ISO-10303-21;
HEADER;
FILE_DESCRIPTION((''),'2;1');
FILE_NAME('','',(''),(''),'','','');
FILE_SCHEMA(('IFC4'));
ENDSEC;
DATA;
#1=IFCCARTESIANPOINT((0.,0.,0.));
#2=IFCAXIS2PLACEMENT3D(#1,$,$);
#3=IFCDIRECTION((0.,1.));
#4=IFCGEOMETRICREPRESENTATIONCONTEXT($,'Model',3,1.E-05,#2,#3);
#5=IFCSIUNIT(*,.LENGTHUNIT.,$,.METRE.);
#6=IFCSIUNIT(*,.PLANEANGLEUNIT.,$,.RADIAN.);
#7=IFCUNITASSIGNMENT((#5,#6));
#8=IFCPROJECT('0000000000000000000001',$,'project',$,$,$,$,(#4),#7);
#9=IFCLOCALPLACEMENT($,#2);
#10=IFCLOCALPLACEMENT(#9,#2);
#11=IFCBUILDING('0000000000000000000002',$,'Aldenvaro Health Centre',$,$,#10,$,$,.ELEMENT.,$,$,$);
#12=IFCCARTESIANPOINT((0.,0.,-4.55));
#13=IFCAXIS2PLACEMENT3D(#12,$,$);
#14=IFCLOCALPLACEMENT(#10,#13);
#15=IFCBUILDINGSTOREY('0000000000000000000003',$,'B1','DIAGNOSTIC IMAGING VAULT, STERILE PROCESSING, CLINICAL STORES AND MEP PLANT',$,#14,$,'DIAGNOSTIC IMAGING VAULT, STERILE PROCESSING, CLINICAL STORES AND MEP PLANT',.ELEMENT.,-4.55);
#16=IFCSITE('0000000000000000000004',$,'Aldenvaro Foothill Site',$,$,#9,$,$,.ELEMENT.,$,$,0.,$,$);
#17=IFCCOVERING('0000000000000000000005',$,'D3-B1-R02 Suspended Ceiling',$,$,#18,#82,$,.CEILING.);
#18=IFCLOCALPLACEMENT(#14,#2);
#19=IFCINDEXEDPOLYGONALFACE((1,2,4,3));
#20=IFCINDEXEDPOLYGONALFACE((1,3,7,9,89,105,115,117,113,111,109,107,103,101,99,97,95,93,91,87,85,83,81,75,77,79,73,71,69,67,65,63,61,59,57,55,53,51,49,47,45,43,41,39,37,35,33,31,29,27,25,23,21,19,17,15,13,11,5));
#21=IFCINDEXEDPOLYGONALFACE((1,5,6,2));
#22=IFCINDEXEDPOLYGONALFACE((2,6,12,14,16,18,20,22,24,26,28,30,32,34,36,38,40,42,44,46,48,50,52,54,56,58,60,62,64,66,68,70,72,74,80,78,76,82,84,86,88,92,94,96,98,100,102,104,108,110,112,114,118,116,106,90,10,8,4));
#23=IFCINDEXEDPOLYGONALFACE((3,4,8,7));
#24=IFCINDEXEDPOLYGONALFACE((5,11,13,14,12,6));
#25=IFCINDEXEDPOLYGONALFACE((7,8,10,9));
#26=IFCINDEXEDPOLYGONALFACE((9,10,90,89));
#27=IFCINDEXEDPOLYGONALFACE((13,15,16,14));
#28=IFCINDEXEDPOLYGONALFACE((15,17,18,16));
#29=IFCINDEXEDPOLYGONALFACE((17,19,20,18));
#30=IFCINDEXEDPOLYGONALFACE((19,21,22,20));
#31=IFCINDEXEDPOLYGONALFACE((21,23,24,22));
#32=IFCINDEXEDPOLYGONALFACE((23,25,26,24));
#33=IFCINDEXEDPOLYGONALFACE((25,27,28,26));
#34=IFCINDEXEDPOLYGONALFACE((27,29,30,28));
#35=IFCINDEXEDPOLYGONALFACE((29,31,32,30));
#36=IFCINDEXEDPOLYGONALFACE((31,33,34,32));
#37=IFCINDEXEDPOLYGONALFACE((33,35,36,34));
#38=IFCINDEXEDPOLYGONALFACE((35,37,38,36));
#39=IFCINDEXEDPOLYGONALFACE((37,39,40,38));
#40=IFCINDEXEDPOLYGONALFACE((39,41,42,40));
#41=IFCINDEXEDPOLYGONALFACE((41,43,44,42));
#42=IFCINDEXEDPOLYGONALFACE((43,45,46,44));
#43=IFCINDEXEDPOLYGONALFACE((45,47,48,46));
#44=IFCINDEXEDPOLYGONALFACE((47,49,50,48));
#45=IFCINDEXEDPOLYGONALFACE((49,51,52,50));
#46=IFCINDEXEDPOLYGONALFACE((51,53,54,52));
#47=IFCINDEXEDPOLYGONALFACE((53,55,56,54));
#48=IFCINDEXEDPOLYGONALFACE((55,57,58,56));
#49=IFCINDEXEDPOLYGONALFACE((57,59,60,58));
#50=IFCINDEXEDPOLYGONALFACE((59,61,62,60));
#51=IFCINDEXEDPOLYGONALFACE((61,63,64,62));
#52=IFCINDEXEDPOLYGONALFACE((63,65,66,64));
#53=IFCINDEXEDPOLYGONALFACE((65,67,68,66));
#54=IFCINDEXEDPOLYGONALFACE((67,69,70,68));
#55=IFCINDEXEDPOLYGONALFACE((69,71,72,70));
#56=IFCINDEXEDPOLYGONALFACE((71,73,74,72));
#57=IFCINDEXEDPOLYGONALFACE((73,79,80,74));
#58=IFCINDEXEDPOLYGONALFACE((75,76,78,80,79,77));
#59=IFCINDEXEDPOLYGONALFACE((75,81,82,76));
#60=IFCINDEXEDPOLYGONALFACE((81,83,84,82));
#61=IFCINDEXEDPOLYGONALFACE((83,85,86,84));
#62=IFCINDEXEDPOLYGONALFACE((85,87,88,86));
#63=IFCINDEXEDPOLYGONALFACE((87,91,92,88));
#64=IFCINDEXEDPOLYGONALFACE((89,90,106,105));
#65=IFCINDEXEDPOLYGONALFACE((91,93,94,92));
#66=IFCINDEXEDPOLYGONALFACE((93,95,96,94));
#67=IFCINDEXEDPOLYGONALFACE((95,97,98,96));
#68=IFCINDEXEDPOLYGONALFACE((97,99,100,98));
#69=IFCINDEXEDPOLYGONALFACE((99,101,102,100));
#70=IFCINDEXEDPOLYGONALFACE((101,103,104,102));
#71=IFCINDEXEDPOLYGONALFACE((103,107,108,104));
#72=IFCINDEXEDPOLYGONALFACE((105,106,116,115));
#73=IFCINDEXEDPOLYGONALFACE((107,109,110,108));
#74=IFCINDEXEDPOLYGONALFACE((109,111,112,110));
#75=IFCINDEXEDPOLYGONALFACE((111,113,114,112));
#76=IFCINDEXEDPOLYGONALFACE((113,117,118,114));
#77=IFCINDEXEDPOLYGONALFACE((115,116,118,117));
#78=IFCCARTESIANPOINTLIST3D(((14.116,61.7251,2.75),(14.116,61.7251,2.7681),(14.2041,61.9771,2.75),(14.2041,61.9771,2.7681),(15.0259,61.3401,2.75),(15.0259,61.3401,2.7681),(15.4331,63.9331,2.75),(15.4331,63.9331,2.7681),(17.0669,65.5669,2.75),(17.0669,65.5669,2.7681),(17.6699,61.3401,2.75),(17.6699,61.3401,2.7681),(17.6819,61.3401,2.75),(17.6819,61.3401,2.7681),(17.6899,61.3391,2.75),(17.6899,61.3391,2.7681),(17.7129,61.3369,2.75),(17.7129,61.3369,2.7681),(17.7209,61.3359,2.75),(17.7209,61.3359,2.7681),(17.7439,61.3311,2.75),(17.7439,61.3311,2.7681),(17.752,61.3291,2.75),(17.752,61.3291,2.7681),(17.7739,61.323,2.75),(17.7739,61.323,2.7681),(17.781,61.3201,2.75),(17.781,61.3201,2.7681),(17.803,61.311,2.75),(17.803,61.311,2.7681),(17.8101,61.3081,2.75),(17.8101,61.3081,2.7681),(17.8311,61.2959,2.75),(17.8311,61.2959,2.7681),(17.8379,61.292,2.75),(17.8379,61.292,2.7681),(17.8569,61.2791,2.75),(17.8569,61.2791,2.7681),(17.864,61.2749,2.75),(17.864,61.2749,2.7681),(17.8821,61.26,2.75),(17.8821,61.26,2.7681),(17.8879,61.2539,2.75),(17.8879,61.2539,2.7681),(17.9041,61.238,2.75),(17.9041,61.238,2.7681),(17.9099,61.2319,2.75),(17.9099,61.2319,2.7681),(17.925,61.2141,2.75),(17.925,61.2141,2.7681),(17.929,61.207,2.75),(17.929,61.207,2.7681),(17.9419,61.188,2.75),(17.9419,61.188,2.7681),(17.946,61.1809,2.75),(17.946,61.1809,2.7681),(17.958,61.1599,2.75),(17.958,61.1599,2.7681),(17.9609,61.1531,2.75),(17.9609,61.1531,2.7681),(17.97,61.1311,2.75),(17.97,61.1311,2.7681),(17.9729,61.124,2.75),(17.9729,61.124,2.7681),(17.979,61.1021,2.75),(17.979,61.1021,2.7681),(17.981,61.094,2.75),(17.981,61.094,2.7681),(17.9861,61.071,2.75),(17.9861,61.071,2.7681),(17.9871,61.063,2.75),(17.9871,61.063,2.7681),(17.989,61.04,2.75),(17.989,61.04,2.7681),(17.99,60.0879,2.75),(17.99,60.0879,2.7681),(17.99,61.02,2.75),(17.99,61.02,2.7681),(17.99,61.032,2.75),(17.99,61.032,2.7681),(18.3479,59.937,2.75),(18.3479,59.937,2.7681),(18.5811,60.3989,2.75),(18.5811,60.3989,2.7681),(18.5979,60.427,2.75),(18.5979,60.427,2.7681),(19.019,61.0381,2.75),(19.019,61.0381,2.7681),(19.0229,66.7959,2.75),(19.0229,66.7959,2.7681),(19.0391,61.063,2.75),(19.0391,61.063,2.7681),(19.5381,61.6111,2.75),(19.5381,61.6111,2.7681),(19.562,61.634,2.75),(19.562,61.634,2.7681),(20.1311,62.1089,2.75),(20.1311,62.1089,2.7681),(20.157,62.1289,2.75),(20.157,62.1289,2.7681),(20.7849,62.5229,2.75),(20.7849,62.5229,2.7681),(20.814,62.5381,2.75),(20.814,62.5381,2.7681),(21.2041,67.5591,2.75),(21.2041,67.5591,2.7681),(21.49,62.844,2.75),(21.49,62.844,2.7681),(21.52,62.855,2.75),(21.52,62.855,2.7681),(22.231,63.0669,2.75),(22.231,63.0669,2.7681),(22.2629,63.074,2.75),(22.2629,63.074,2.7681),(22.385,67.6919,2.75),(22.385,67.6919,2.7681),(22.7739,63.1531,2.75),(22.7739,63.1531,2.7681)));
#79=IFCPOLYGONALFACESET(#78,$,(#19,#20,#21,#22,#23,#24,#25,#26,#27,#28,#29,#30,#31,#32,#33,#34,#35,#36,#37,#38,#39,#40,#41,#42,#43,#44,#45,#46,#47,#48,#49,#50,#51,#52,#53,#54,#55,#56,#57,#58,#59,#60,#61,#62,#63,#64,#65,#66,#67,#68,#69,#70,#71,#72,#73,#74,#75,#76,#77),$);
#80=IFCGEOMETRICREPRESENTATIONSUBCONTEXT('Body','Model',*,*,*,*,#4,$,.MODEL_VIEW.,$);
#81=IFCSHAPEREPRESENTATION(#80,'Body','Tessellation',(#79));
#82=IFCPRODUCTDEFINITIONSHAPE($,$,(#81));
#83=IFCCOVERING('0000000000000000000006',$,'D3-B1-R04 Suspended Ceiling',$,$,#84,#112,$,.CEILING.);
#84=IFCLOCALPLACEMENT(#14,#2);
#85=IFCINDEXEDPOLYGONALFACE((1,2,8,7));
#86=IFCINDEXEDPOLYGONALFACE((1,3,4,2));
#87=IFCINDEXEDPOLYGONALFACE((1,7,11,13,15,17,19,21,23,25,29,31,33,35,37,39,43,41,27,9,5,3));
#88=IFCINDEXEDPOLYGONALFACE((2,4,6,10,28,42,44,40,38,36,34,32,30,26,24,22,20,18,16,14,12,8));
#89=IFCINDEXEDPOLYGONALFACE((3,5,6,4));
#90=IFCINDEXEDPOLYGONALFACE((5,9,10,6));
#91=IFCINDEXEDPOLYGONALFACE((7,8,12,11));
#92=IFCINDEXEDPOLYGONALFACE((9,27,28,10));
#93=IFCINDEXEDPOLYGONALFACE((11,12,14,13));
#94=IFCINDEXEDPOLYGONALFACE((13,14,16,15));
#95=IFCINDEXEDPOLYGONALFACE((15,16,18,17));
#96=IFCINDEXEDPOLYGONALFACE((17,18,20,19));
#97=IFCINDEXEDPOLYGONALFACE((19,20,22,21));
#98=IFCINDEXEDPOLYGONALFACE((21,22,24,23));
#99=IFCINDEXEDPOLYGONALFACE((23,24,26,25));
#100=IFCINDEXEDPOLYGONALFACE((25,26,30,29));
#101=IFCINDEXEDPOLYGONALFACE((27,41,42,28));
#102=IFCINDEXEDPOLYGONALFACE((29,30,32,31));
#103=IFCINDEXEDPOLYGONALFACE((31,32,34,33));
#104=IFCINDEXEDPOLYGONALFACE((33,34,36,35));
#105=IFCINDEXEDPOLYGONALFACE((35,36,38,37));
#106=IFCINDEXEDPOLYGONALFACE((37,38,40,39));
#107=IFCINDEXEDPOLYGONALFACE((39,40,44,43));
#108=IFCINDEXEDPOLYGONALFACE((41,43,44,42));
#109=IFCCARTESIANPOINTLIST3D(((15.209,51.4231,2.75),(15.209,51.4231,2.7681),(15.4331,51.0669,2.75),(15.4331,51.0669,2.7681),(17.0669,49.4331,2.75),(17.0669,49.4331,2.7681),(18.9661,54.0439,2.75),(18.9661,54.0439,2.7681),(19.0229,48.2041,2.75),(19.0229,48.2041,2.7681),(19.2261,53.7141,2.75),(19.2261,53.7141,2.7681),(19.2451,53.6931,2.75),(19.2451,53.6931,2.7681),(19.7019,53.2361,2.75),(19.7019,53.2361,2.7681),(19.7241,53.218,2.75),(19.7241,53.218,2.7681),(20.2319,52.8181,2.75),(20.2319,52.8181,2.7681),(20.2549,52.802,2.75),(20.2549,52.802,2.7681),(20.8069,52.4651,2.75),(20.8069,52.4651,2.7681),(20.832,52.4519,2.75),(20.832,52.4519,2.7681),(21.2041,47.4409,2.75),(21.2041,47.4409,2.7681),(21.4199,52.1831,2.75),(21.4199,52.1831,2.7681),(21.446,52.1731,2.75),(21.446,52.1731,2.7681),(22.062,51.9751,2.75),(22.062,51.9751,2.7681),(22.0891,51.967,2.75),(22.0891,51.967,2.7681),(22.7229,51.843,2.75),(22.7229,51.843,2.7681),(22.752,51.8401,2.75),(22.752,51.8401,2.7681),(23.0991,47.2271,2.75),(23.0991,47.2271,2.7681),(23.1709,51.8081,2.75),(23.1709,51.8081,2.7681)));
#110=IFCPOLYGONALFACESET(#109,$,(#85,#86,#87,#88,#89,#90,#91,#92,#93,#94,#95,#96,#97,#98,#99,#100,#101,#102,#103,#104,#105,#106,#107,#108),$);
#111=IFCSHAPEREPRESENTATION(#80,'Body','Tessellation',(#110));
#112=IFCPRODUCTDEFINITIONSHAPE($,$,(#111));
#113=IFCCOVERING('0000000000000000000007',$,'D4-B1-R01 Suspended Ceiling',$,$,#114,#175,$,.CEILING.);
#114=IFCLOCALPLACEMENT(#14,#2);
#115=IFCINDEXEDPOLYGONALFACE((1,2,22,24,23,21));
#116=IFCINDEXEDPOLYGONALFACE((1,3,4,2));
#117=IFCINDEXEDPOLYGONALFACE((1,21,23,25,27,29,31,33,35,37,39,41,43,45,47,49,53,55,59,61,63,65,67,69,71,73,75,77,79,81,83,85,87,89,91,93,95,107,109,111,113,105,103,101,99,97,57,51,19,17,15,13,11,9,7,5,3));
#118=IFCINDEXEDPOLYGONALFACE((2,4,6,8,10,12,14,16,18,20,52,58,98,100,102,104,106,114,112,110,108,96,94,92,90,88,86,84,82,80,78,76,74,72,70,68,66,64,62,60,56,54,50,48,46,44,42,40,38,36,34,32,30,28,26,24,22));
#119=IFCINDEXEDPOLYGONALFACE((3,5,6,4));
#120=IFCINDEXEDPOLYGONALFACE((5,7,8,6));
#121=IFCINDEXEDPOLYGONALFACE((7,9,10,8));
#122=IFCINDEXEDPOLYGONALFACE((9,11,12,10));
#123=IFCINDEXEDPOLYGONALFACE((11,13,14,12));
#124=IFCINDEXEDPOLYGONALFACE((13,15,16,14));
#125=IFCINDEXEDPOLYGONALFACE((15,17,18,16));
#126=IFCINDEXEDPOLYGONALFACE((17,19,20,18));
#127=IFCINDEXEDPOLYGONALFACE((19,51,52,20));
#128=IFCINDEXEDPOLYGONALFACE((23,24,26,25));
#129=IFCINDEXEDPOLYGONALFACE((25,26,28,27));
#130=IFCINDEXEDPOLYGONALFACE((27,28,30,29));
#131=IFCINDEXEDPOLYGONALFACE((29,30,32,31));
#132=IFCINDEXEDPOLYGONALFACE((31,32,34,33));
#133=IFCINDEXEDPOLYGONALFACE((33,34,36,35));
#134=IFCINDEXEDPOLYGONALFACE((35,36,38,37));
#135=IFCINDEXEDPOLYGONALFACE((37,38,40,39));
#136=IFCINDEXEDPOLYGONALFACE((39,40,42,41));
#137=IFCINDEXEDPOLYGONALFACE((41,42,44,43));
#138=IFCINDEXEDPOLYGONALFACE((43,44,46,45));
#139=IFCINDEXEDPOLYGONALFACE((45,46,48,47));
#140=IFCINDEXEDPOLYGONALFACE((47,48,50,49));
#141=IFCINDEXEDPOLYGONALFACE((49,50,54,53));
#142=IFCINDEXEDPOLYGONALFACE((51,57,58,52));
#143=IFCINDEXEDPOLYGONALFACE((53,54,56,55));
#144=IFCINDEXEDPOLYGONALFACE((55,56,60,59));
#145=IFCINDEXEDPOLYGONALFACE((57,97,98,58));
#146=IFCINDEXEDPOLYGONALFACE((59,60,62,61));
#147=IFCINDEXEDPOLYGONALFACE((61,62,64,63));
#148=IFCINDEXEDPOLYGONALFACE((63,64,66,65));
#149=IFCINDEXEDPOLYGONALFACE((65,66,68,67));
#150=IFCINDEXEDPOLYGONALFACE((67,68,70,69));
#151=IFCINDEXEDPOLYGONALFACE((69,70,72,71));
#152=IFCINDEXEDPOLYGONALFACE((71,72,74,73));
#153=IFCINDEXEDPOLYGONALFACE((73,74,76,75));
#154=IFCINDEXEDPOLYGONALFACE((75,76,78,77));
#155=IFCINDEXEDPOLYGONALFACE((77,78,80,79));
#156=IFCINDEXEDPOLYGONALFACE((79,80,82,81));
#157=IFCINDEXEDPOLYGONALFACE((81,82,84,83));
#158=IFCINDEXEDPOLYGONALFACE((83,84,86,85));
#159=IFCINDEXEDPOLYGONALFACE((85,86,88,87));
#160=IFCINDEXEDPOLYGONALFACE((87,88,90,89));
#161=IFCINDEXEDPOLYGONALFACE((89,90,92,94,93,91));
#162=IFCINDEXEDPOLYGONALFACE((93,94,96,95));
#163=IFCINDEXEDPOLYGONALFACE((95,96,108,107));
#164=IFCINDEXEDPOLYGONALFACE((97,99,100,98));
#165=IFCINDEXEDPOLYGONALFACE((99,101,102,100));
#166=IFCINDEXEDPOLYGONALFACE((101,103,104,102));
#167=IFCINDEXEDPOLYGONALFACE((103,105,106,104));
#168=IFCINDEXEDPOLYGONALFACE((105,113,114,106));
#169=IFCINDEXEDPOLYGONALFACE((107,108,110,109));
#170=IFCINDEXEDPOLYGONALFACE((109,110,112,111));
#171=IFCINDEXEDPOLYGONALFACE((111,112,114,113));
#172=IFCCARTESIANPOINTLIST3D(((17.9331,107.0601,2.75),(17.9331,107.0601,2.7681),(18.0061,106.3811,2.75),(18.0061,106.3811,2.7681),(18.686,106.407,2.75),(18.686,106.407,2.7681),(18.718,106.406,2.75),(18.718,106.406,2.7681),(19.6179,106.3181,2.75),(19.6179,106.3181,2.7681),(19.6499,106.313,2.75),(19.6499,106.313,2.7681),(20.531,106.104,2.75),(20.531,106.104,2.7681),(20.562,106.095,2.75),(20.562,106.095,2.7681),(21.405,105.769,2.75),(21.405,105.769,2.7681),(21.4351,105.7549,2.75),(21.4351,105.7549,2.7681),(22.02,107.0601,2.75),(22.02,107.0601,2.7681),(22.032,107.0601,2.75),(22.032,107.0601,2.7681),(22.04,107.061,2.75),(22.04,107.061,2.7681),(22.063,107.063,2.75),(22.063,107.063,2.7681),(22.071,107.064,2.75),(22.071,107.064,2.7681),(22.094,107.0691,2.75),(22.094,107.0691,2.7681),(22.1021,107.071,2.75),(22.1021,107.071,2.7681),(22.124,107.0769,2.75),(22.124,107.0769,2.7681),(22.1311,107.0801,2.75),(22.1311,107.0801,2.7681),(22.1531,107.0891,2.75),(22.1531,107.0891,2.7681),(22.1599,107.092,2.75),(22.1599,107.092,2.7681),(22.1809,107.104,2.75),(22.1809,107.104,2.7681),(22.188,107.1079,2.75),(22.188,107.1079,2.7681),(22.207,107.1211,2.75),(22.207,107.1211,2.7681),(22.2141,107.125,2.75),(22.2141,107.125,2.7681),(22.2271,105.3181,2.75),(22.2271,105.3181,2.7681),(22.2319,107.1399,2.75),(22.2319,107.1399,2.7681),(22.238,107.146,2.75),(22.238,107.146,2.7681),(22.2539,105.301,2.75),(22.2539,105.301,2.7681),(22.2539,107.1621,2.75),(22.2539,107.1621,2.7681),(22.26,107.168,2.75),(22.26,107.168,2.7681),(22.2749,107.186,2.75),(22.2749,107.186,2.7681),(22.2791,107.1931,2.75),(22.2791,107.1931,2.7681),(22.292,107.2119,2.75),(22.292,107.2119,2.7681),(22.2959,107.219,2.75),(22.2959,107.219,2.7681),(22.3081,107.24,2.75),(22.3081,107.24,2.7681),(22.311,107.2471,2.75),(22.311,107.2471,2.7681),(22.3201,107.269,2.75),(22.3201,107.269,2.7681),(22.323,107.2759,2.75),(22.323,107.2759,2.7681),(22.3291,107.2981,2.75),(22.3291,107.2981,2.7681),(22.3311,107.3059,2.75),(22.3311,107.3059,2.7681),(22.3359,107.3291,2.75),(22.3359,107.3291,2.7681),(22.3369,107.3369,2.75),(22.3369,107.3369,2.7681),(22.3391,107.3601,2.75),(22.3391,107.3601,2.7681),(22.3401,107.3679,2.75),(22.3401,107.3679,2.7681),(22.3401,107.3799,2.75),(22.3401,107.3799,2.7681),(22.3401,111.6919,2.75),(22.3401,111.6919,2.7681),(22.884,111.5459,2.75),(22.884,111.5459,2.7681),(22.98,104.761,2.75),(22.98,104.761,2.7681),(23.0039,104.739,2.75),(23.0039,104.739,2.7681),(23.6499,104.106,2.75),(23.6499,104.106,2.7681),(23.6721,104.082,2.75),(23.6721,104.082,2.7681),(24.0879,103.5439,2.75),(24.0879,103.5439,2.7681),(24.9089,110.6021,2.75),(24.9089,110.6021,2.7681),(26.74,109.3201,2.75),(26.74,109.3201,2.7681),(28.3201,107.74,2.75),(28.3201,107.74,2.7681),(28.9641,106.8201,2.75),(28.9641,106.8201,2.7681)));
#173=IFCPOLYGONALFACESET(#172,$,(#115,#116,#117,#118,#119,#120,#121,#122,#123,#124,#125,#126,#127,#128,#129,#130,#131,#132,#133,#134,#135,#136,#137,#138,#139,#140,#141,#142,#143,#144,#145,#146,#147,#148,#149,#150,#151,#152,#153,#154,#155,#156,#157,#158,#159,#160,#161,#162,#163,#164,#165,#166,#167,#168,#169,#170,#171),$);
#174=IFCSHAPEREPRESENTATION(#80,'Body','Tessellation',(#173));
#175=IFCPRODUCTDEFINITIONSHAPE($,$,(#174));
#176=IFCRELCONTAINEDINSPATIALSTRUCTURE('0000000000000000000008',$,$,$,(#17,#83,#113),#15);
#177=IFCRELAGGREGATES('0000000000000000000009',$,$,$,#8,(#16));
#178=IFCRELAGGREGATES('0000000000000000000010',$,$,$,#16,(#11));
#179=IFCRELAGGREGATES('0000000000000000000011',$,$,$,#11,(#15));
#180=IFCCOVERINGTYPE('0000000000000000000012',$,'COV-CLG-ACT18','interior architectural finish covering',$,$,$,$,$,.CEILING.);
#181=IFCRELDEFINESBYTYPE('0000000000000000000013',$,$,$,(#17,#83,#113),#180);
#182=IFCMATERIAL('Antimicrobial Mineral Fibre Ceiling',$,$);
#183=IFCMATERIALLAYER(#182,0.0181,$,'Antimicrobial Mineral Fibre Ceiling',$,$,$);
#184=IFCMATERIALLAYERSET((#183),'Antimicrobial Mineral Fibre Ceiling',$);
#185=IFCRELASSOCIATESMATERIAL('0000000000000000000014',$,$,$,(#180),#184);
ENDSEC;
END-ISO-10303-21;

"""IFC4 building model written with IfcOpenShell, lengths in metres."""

from ifc_helpers import new_model, si_unit, direction, frame, origin, place, context, subcontext, project, spatial, polyline, outline, extrude, material, layer, layer_set, type_object, element, save


model = new_model("IFC4")

# Units and contexts
model_context = context("Model", 3, precision=1e-05, world=origin(), true_north=direction((0.0, 1.0)))
body_context = subcontext(model_context, "Body", "Model", "MODEL_VIEW")
ifc_project = project(units=[si_unit("LENGTHUNIT", "METRE"), si_unit("PLANEANGLEUNIT", "RADIAN")], contexts=[model_context])

# Site, building, storey
site_placement = place(None, origin())
site = spatial("IfcSite", under=ifc_project, at=site_placement, Name="Aldenvaro Foothill Site", CompositionType="ELEMENT", RefElevation=0.0)
building_placement = place(site_placement, origin())
building = spatial("IfcBuilding", under=site, at=building_placement, Name="Aldenvaro Health Centre", CompositionType="ELEMENT")
storey_placement = place(building_placement, frame((0.0, 0.0, -4.55)))
storey = spatial("IfcBuildingStorey", under=building, at=storey_placement, Name="B1", Description="DIAGNOSTIC IMAGING VAULT, STERILE PROCESSING, CLINICAL STORES AND MEP PLANT", LongName="DIAGNOSTIC IMAGING VAULT, STERILE PROCESSING, CLINICAL STORES AND MEP PLANT", CompositionType="ELEMENT", Elevation=-4.55)

# Coverings
ifc_material_1 = material(Name="Antimicrobial Mineral Fibre Ceiling")
ifc_layer_1 = layer(ifc_material_1, 0.0181, Name="Antimicrobial Mineral Fibre Ceiling")
ifc_layer_set_1 = layer_set([ifc_layer_1], Name="Antimicrobial Mineral Fibre Ceiling")
covering_type_1 = type_object("IfcCoveringType", Name="COV-CLG-ACT18", Description="interior architectural finish covering", PredefinedType="CEILING", material=ifc_layer_set_1)
covering_1_placement = place(storey_placement, frame((0.0, 0.0, 2.75)))
element("IfcCovering", 1, at=covering_1_placement, inside=storey, type_object=covering_type_1, Name="D3-B1-R02 Suspended Ceiling", PredefinedType="CEILING", context=body_context, shape_type="SweptSolid", body=[
    extrude(outline(polyline([(22.2629, 63.074), (22.231, 63.0669), (21.52, 62.855), (21.49, 62.844), (20.814, 62.5381), (20.7849, 62.5229), (20.157, 62.1289), (20.1311, 62.1089), (19.562, 61.634), (19.5381, 61.6111), (19.0391, 61.063), (19.019, 61.0381), (18.5979, 60.427), (18.5811, 60.3989), (18.3479, 59.937), (17.99, 60.0879), (17.99, 61.02), (17.99, 61.032), (17.989, 61.04), (17.9871, 61.063), (17.9861, 61.071), (17.981, 61.094), (17.979, 61.1021), (17.9729, 61.124), (17.97, 61.1311), (17.9609, 61.1531), (17.958, 61.1599), (17.946, 61.1809), (17.9419, 61.188), (17.929, 61.207), (17.925, 61.2141), (17.9099, 61.2319), (17.9041, 61.238), (17.8879, 61.2539), (17.8821, 61.26), (17.864, 61.2749), (17.8569, 61.2791), (17.8379, 61.292), (17.8311, 61.2959), (17.8101, 61.3081), (17.803, 61.311), (17.781, 61.3201), (17.7739, 61.323), (17.752, 61.3291), (17.7439, 61.3311), (17.7209, 61.3359), (17.7129, 61.3369), (17.6899, 61.3391), (17.6819, 61.3401), (17.6699, 61.3401), (15.0259, 61.3401), (14.116, 61.7251), (14.2041, 61.9771), (15.4331, 63.9331), (17.0669, 65.5669), (19.0229, 66.7959), (21.2041, 67.5591), (22.385, 67.6919), (22.7739, 63.1531), (22.2629, 63.074)])), origin(), (0.0, 0.0, 1.0), 0.0181),
])
covering_2_placement = place(storey_placement, frame((0.0, 0.0, 2.75)))
element("IfcCovering", 2, at=covering_2_placement, inside=storey, type_object=covering_type_1, Name="D3-B1-R04 Suspended Ceiling", PredefinedType="CEILING", context=body_context, shape_type="SweptSolid", body=[
    extrude(outline(polyline([(19.2261, 53.7141), (19.2451, 53.6931), (19.7019, 53.2361), (19.7241, 53.218), (20.2319, 52.8181), (20.2549, 52.802), (20.8069, 52.4651), (20.832, 52.4519), (21.4199, 52.1831), (21.446, 52.1731), (22.062, 51.9751), (22.0891, 51.967), (22.7229, 51.843), (22.752, 51.8401), (23.1709, 51.8081), (23.0991, 47.2271), (21.2041, 47.4409), (19.0229, 48.2041), (17.0669, 49.4331), (15.4331, 51.0669), (15.209, 51.4231), (18.9661, 54.0439), (19.2261, 53.7141)])), origin(), (0.0, 0.0, 1.0), 0.0181),
])
covering_3_placement = place(storey_placement, frame((0.0, 0.0, 2.75)))
element("IfcCovering", 3, at=covering_3_placement, inside=storey, type_object=covering_type_1, Name="D4-B1-R01 Suspended Ceiling", PredefinedType="CEILING", context=body_context, shape_type="SweptSolid", body=[
    extrude(outline(polyline([(23.6721, 104.082), (23.6499, 104.106), (23.0039, 104.739), (22.98, 104.761), (22.2539, 105.301), (22.2271, 105.3181), (21.4351, 105.7549), (21.405, 105.769), (20.562, 106.095), (20.531, 106.104), (19.6499, 106.313), (19.6179, 106.3181), (18.718, 106.406), (18.686, 106.407), (18.0061, 106.3811), (17.9331, 107.0601), (22.02, 107.0601), (22.032, 107.0601), (22.04, 107.061), (22.063, 107.063), (22.071, 107.064), (22.094, 107.0691), (22.1021, 107.071), (22.124, 107.0769), (22.1311, 107.0801), (22.1531, 107.0891), (22.1599, 107.092), (22.1809, 107.104), (22.188, 107.1079), (22.207, 107.1211), (22.2141, 107.125), (22.2319, 107.1399), (22.238, 107.146), (22.2539, 107.1621), (22.26, 107.168), (22.2749, 107.186), (22.2791, 107.1931), (22.292, 107.2119), (22.2959, 107.219), (22.3081, 107.24), (22.311, 107.2471), (22.3201, 107.269), (22.323, 107.2759), (22.3291, 107.2981), (22.3311, 107.3059), (22.3359, 107.3291), (22.3369, 107.3369), (22.3391, 107.3601), (22.3401, 107.3679), (22.3401, 107.3799), (22.3401, 111.6919), (22.884, 111.5459), (24.9089, 110.6021), (26.74, 109.3201), (28.3201, 107.74), (28.9641, 106.8201), (24.0879, 103.5439), (23.6721, 104.082)])), origin(), (0.0, 0.0, 1.0), 0.0181),
])

save(model, "model.ifc")
